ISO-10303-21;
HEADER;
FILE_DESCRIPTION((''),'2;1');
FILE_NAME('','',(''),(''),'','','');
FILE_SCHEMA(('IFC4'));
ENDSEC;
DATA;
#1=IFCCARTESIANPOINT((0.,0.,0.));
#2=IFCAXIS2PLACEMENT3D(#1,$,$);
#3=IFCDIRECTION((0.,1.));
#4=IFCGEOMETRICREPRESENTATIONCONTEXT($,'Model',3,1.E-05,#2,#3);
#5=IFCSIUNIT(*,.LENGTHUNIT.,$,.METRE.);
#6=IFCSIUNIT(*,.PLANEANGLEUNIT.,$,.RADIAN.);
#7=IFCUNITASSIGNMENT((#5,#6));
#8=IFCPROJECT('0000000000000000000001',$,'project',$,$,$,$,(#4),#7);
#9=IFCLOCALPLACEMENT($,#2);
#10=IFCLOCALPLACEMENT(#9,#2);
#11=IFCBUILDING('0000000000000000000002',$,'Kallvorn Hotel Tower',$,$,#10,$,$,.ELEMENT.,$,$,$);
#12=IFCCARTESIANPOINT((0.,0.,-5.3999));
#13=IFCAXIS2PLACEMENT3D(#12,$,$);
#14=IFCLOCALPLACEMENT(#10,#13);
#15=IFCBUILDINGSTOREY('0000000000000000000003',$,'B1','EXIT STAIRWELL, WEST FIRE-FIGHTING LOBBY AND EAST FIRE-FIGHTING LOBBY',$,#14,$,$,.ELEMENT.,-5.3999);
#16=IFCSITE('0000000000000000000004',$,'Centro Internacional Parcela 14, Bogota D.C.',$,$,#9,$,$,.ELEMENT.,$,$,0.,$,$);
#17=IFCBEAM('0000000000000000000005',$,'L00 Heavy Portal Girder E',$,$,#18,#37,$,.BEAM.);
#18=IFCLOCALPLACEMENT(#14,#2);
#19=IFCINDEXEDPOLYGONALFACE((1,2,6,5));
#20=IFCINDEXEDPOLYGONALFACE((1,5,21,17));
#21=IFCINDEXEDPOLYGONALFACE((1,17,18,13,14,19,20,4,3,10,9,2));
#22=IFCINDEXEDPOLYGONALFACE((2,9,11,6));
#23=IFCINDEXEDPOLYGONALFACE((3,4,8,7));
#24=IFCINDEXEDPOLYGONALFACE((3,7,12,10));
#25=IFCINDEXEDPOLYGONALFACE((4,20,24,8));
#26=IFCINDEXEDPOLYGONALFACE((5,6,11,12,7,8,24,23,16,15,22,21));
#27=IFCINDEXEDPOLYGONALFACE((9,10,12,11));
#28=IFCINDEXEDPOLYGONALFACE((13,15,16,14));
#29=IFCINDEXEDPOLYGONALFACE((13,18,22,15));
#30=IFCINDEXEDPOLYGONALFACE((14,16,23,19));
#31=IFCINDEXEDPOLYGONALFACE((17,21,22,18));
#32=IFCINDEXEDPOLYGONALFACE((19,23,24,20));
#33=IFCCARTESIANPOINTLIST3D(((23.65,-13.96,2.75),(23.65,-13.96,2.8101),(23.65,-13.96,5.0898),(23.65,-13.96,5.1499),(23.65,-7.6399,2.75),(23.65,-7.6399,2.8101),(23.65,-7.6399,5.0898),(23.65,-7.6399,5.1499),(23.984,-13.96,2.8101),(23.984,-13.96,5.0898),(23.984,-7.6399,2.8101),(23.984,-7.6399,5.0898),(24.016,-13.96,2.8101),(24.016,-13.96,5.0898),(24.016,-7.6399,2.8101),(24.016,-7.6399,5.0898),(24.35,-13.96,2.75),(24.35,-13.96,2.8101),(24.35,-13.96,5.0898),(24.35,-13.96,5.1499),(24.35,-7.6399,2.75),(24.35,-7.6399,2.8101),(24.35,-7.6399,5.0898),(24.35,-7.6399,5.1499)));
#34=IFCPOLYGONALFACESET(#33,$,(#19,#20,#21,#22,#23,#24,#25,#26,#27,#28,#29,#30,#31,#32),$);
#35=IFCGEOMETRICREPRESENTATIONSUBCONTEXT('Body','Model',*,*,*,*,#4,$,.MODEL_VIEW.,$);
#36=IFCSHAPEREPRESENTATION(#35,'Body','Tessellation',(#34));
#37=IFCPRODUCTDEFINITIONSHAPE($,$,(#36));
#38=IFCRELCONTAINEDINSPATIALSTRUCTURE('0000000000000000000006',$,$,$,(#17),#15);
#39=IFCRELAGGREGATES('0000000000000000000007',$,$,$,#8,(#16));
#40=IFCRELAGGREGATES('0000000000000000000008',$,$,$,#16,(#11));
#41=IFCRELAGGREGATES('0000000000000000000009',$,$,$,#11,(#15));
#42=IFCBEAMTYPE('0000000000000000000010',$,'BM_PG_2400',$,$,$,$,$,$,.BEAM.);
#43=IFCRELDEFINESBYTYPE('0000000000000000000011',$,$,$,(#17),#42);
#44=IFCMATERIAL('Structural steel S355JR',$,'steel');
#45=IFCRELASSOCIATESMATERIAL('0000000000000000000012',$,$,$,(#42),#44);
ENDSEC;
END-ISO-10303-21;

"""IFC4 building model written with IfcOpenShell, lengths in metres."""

from ifc_helpers import new_model, si_unit, direction, frame, origin, origin_2d, place, context, subcontext, project, spatial, i_section, extrude, material, material_profile, profile_set, type_object, element, save


model = new_model("IFC4")

# Units and contexts
model_context = context("Model", 3, precision=1e-05, world=origin(), true_north=direction((0.0, 1.0)))
body_context = subcontext(model_context, "Body", "Model", "MODEL_VIEW")
ifc_project = project(units=[si_unit("LENGTHUNIT", "METRE"), si_unit("PLANEANGLEUNIT", "RADIAN")], contexts=[model_context])

# Site, building, storey
site_placement = place(None, origin())
site = spatial("IfcSite", under=ifc_project, at=site_placement, Name="Centro Internacional Parcela 14, Bogota D.C.", CompositionType="ELEMENT", RefElevation=0.0)
building_placement = place(site_placement, origin())
building = spatial("IfcBuilding", under=site, at=building_placement, Name="Kallvorn Hotel Tower", CompositionType="ELEMENT")
storey_placement = place(building_placement, frame((0.0, 0.0, -5.3999)))
storey = spatial("IfcBuildingStorey", under=building, at=storey_placement, Name="B1", Description="EXIT STAIRWELL, WEST FIRE-FIGHTING LOBBY AND EAST FIRE-FIGHTING LOBBY", CompositionType="ELEMENT", Elevation=-5.3999)

# Beam
ifc_material_1 = material(Name="Structural steel S355JR", Category="steel")
ifc_material_profile_1 = material_profile(ifc_material_1, i_section(OverallWidth=0.7, OverallDepth=2.3999, WebThickness=0.032, FlangeThickness=0.0601, at=origin_2d()), Name="PG 2400x700x32x60")
ifc_profile_set_1 = profile_set([ifc_material_profile_1], Name="Structural steel S355JR")
beam_type_1 = type_object("IfcBeamType", Name="BM_PG_2400", PredefinedType="BEAM", material=ifc_profile_set_1)
beam_1_placement = place(storey_placement, frame((24.0, -13.96, 3.95), z_axis=(0.0, 1.0, 0.0), x_axis=(-1.0, 0.0, 0.0)))
element("IfcBeam", 1, at=beam_1_placement, inside=storey, type_object=beam_type_1, Name="L00 Heavy Portal Girder E", PredefinedType="BEAM", context=body_context, shape_type="SweptSolid", body=[
    extrude(i_section(OverallWidth=0.7, OverallDepth=2.3999, WebThickness=0.032, FlangeThickness=0.0601, at=origin_2d()), origin(), (0.0, 0.0, 1.0), 6.3201),
])

save(model, "model.ifc")
